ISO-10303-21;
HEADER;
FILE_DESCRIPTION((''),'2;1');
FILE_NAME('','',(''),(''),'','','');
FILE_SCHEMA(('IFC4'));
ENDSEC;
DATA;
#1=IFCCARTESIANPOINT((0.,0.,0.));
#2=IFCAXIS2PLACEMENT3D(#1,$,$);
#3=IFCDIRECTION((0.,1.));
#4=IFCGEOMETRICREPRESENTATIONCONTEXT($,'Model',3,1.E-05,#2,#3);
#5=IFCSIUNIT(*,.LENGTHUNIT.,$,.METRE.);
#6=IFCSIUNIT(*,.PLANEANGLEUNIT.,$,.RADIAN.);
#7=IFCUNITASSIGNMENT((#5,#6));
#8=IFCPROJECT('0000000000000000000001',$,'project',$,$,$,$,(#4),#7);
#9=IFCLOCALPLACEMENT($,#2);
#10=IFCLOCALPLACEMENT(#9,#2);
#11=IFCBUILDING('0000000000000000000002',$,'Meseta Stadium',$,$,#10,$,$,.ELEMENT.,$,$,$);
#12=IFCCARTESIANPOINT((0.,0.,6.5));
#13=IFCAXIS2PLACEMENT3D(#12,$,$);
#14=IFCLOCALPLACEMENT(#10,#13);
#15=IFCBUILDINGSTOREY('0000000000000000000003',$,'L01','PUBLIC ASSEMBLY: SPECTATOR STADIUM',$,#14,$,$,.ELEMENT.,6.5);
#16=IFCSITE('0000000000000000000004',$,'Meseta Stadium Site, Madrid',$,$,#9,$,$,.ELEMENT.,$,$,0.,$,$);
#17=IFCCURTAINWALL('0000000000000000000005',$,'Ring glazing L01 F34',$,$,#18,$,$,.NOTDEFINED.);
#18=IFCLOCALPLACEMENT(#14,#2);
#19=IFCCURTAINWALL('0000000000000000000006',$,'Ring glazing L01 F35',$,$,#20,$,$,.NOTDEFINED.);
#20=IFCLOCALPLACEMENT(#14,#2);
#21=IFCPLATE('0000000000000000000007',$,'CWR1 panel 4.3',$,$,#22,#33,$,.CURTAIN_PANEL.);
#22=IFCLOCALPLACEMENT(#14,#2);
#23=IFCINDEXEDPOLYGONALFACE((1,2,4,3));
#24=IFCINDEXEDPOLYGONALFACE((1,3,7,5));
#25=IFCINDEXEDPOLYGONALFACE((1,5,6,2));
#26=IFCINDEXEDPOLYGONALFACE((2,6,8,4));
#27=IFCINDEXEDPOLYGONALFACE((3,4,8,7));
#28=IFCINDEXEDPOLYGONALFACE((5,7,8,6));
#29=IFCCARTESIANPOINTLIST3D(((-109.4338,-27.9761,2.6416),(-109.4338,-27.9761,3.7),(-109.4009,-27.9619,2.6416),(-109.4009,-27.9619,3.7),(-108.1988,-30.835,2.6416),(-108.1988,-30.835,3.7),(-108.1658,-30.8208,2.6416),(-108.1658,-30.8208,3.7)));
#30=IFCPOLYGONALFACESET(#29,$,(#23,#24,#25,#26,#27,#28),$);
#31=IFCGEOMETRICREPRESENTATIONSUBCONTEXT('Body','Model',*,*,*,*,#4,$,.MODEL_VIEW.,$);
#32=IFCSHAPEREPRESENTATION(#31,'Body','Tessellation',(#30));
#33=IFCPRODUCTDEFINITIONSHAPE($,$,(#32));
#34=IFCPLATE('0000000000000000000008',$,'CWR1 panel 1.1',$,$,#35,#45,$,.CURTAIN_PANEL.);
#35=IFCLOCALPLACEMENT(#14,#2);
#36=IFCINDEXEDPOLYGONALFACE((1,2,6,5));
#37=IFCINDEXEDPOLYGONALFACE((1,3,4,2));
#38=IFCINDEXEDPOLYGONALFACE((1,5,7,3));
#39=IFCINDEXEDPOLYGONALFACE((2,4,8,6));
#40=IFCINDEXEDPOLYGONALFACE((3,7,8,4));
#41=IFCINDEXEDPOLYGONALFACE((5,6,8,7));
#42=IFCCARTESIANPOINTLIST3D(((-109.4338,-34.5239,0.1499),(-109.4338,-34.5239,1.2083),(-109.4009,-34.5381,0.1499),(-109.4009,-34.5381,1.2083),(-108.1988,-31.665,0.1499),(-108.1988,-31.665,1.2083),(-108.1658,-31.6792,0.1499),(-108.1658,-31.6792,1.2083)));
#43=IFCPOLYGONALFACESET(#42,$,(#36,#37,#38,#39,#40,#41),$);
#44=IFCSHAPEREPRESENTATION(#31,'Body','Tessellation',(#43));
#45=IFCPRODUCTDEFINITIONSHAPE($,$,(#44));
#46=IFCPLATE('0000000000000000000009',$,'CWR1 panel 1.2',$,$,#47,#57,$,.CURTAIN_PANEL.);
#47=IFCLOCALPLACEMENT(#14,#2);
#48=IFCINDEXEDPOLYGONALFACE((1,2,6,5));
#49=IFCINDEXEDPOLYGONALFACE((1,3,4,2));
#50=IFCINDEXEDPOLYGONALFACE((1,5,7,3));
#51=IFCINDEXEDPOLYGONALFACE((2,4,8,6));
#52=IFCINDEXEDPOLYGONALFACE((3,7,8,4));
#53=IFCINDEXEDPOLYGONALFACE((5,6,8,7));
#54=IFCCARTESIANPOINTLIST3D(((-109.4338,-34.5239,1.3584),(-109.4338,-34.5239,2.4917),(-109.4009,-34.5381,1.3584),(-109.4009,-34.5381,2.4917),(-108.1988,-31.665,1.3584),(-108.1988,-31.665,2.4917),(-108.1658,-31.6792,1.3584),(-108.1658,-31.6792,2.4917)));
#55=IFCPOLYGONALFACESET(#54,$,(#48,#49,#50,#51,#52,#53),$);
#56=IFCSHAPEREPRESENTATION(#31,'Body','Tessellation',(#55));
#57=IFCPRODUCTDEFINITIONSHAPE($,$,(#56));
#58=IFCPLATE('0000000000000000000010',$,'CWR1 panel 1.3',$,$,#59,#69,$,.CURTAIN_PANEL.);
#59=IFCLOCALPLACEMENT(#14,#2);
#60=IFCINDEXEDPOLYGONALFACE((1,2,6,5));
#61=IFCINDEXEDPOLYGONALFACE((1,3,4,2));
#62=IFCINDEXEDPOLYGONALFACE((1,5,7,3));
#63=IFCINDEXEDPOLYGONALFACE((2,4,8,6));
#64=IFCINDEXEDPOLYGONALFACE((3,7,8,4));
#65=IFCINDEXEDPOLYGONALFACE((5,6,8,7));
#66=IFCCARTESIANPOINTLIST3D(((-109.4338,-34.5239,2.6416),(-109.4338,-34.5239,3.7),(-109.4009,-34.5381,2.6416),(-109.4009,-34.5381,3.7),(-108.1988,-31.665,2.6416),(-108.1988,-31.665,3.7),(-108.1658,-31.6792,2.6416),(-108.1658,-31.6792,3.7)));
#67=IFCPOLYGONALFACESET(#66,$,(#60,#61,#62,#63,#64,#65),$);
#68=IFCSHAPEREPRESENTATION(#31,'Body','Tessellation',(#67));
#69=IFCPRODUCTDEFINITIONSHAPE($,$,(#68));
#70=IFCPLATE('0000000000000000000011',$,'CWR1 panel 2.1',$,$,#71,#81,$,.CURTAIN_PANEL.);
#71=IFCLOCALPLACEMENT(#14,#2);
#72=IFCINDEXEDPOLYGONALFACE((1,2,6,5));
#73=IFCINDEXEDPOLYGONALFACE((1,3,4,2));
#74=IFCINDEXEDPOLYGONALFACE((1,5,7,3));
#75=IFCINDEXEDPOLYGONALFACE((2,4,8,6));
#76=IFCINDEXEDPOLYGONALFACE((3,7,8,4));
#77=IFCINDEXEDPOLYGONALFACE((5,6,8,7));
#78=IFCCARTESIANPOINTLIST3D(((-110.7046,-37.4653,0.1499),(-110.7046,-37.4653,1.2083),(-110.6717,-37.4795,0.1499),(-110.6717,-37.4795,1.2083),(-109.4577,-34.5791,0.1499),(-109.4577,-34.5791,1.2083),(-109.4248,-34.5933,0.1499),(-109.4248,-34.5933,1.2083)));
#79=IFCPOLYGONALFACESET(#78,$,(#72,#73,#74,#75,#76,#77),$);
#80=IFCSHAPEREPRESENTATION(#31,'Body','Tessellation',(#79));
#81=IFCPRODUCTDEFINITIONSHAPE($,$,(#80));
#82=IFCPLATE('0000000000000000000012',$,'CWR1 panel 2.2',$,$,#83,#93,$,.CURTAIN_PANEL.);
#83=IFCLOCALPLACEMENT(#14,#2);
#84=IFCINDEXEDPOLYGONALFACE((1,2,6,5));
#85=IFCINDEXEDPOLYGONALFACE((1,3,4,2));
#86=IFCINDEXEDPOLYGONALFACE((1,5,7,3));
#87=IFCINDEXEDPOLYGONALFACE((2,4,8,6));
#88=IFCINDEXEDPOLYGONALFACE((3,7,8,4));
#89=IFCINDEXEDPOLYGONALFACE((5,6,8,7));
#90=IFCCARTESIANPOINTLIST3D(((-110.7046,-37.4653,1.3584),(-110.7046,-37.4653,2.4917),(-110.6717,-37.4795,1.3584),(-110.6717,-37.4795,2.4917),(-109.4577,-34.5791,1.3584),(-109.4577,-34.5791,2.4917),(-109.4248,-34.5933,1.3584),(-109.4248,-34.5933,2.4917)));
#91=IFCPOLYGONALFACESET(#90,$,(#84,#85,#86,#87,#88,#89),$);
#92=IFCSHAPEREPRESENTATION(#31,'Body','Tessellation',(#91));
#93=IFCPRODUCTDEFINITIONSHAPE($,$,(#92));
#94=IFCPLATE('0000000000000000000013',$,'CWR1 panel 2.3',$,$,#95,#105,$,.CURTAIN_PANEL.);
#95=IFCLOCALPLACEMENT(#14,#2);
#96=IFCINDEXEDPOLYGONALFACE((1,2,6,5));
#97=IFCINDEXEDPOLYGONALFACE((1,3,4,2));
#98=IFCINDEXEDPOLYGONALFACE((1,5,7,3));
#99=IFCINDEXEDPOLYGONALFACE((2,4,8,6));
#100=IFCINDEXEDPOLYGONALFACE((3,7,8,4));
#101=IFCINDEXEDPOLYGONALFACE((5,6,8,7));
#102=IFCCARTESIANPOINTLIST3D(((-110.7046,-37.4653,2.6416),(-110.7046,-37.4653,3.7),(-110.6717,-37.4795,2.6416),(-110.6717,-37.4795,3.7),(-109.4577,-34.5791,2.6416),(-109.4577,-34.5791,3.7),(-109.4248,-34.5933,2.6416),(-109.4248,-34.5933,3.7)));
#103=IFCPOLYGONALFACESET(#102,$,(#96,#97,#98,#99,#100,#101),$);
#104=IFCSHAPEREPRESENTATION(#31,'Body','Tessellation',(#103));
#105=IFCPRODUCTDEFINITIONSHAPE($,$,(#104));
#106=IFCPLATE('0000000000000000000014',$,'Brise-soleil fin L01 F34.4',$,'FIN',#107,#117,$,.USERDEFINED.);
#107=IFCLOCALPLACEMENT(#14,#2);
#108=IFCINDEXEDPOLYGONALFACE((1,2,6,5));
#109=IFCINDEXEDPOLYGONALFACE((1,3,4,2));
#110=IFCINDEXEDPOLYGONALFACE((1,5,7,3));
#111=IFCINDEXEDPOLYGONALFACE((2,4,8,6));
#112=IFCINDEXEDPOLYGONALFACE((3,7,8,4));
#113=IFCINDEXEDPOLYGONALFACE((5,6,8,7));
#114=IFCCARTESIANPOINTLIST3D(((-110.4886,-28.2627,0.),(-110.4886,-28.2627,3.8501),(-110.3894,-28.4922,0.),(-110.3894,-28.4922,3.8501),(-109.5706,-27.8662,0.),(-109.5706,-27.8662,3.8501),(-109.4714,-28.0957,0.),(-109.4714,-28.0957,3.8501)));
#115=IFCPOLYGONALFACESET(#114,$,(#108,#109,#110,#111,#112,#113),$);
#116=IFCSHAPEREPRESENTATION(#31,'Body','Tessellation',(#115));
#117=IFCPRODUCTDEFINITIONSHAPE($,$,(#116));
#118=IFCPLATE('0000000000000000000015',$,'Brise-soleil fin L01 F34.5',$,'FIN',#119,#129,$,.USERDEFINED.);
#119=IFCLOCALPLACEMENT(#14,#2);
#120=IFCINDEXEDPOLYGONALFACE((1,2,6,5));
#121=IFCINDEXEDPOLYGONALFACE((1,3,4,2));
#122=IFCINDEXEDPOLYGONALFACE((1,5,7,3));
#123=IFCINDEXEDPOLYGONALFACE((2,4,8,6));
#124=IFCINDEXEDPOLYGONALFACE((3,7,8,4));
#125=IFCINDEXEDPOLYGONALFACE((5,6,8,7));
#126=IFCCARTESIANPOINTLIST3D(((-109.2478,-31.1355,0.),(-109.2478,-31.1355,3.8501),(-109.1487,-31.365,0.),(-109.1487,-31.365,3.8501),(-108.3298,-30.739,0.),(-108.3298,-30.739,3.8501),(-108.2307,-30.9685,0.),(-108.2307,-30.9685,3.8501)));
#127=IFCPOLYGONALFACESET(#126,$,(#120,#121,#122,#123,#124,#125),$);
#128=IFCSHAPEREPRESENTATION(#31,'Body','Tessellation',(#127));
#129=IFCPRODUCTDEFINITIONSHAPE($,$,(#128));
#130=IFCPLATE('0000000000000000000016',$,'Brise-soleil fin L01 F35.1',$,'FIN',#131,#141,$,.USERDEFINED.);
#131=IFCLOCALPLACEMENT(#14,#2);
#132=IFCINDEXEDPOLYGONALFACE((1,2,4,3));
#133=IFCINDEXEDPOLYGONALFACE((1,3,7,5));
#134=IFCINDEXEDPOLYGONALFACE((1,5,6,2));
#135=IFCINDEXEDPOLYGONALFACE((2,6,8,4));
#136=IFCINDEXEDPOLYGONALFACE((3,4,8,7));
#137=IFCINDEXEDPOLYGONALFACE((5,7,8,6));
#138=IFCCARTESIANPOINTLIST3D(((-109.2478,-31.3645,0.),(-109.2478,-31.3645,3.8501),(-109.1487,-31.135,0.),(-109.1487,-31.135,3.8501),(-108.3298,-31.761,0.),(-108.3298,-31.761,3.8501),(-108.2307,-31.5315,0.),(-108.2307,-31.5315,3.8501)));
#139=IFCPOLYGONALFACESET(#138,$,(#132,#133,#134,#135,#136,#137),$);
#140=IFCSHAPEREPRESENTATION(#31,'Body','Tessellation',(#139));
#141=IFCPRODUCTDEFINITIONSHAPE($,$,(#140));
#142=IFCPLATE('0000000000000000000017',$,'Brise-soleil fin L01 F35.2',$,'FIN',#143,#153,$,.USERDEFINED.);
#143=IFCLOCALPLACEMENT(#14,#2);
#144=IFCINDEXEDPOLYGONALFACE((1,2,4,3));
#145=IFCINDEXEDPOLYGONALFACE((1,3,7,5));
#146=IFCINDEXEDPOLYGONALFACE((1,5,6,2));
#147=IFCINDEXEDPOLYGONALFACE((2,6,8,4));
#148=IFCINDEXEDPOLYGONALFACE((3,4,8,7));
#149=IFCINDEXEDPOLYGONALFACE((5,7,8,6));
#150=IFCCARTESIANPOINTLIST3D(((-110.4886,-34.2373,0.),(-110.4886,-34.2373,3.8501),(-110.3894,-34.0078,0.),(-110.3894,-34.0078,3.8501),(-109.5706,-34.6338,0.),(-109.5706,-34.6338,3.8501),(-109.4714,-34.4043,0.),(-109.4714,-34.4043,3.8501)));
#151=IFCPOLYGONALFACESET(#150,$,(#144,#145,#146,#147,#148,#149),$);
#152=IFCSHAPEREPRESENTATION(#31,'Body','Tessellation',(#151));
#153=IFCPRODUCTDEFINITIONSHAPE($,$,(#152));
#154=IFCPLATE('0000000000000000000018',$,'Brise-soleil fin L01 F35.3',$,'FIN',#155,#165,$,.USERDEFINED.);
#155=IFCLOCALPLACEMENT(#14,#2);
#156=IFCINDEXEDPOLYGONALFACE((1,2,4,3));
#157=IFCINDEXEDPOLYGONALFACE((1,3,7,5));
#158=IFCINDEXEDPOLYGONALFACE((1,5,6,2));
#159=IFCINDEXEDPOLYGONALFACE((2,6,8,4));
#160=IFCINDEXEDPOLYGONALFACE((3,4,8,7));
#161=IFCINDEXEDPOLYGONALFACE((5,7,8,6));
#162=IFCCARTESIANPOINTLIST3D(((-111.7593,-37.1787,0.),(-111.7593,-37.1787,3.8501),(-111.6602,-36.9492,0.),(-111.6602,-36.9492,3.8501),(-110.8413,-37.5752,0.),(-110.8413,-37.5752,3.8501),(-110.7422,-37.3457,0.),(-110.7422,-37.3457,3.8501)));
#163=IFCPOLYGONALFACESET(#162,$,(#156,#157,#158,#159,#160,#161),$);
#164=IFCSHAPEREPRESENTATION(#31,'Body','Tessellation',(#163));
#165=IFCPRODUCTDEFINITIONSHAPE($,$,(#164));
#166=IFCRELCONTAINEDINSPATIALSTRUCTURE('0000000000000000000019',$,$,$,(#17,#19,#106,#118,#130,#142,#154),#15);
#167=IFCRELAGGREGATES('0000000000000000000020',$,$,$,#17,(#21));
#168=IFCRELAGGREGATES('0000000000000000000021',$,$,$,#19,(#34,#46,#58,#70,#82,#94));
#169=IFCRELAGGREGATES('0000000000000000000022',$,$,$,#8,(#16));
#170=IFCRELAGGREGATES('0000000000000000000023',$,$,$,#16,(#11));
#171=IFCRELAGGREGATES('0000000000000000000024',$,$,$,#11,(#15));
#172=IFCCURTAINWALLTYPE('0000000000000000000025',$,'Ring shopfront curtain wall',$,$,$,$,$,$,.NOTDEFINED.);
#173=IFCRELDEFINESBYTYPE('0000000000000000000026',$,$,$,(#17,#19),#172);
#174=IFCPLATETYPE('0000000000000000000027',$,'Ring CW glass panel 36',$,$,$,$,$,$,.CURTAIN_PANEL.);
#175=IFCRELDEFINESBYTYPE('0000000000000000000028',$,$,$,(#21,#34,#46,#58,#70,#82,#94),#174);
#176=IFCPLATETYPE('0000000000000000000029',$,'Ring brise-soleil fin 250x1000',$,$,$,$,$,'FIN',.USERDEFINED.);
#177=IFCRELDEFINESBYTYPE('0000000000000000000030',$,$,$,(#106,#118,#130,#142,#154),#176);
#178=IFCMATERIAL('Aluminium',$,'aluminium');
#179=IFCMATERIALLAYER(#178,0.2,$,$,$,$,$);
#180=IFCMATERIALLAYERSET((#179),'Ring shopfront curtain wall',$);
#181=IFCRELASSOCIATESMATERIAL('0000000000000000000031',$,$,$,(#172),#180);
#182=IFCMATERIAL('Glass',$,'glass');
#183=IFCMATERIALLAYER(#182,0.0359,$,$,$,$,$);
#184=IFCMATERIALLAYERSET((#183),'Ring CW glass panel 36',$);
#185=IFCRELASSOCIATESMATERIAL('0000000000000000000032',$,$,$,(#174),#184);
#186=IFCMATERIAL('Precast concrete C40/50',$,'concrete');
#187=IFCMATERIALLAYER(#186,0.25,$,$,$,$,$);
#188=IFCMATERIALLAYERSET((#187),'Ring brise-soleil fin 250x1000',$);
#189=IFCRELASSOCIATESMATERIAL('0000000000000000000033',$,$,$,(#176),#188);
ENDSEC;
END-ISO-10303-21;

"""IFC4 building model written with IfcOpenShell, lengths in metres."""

from ifc_helpers import new_model, si_unit, direction, frame, origin, origin_2d, place, context, subcontext, project, spatial, rectangle, extrude, material, layer, layer_set, type_object, element, aggregate, save


model = new_model("IFC4")

# Units and contexts
model_context = context("Model", 3, precision=1e-05, world=origin(), true_north=direction((0.0, 1.0)))
body_context = subcontext(model_context, "Body", "Model", "MODEL_VIEW")
ifc_project = project(units=[si_unit("LENGTHUNIT", "METRE"), si_unit("PLANEANGLEUNIT", "RADIAN")], contexts=[model_context])

# Site, building, storey
site_placement = place(None, origin())
site = spatial("IfcSite", under=ifc_project, at=site_placement, Name="Meseta Stadium Site, Madrid", CompositionType="ELEMENT", RefElevation=0.0)
building_placement = place(site_placement, origin())
building = spatial("IfcBuilding", under=site, at=building_placement, Name="Meseta Stadium", CompositionType="ELEMENT")
storey_placement = place(building_placement, frame((0.0, 0.0, 6.5)))
storey = spatial("IfcBuildingStorey", under=building, at=storey_placement, Name="L01", Description="PUBLIC ASSEMBLY: SPECTATOR STADIUM", CompositionType="ELEMENT", Elevation=6.5)

# Curtain walls
ifc_material_1 = material(Name="Aluminium", Category="aluminium")
ifc_layer_1 = layer(ifc_material_1, 0.2)
ifc_layer_set_1 = layer_set([ifc_layer_1], Name="Ring shopfront curtain wall")
curtain_wall_type = type_object("IfcCurtainWallType", Name="Ring shopfront curtain wall", PredefinedType="NOTDEFINED", material=ifc_layer_set_1)
curtain_wall_1_placement = place(storey_placement, origin())
curtain_wall_1 = element("IfcCurtainWall", 1, at=curtain_wall_1_placement, inside=storey, type_object=curtain_wall_type, Name="Ring glazing L01 F34", PredefinedType="NOTDEFINED")
curtain_wall_2_placement = place(storey_placement, origin())
curtain_wall_2 = element("IfcCurtainWall", 2, at=curtain_wall_2_placement, inside=storey, type_object=curtain_wall_type, Name="Ring glazing L01 F35", PredefinedType="NOTDEFINED")

# Plates
ifc_material_2 = material(Name="Glass", Category="glass")
ifc_layer_2 = layer(ifc_material_2, 0.0359)
ifc_layer_set_2 = layer_set([ifc_layer_2], Name="Ring CW glass panel 36")
plate_type_1 = type_object("IfcPlateType", Name="Ring CW glass panel 36", PredefinedType="CURTAIN_PANEL", material=ifc_layer_set_2)
plate_1_placement = place(storey_placement, frame((-108.7998, -29.3984, 2.6416), z_axis=(0.0, 0.0, 1.0), x_axis=(0.396581, -0.918, 0.0)))
plate_1 = element("IfcPlate", 3, at=plate_1_placement, type_object=plate_type_1, Name="CWR1 panel 4.3", PredefinedType="CURTAIN_PANEL", context=body_context, shape_type="SweptSolid", body=[
    extrude(rectangle(XDim=3.1143, YDim=0.0359, at=origin_2d()), origin(), (0.0, 0.0, 1.0), 1.0583),
])
aggregate(curtain_wall_1, [plate_1])
plate_2_placement = place(storey_placement, frame((-108.7998, -33.1016, 0.1499), z_axis=(0.0, 0.0, 1.0), x_axis=(-0.396581, -0.918, 0.0)))
plate_2 = element("IfcPlate", 4, at=plate_2_placement, type_object=plate_type_1, Name="CWR1 panel 1.1", PredefinedType="CURTAIN_PANEL", context=body_context, shape_type="SweptSolid", body=[
    extrude(rectangle(XDim=3.1143, YDim=0.0359, at=origin_2d()), origin(), (0.0, 0.0, 1.0), 1.0583),
])
plate_3_placement = place(storey_placement, frame((-108.7998, -33.1016, 1.3584), z_axis=(0.0, 0.0, 1.0), x_axis=(-0.396581, -0.918, 0.0)))
plate_3 = element("IfcPlate", 5, at=plate_3_placement, type_object=plate_type_1, Name="CWR1 panel 1.2", PredefinedType="CURTAIN_PANEL", context=body_context, shape_type="SweptSolid", body=[
    extrude(rectangle(XDim=3.1143, YDim=0.0359, at=origin_2d()), origin(), (0.0, 0.0, 1.0), 1.1333),
])
plate_4_placement = place(storey_placement, frame((-108.7998, -33.1016, 2.6416), z_axis=(0.0, 0.0, 1.0), x_axis=(-0.396581, -0.918, 0.0)))
plate_4 = element("IfcPlate", 6, at=plate_4_placement, type_object=plate_type_1, Name="CWR1 panel 1.3", PredefinedType="CURTAIN_PANEL", context=body_context, shape_type="SweptSolid", body=[
    extrude(rectangle(XDim=3.1143, YDim=0.0359, at=origin_2d()), origin(), (0.0, 0.0, 1.0), 1.0583),
])
plate_5_placement = place(storey_placement, frame((-110.0647, -36.0293, 0.1499), z_axis=(0.0, 0.0, 1.0), x_axis=(-0.396581, -0.918, 0.0)))
plate_5 = element("IfcPlate", 7, at=plate_5_placement, type_object=plate_type_1, Name="CWR1 panel 2.1", PredefinedType="CURTAIN_PANEL", context=body_context, shape_type="SweptSolid", body=[
    extrude(rectangle(XDim=3.144, YDim=0.0359, at=origin_2d()), origin(), (0.0, 0.0, 1.0), 1.0583),
])
plate_6_placement = place(storey_placement, frame((-110.0647, -36.0293, 1.3584), z_axis=(0.0, 0.0, 1.0), x_axis=(-0.396581, -0.918, 0.0)))
plate_6 = element("IfcPlate", 8, at=plate_6_placement, type_object=plate_type_1, Name="CWR1 panel 2.2", PredefinedType="CURTAIN_PANEL", context=body_context, shape_type="SweptSolid", body=[
    extrude(rectangle(XDim=3.144, YDim=0.0359, at=origin_2d()), origin(), (0.0, 0.0, 1.0), 1.1333),
])
plate_7_placement = place(storey_placement, frame((-110.0647, -36.0293, 2.6416), z_axis=(0.0, 0.0, 1.0), x_axis=(-0.396581, -0.918, 0.0)))
plate_7 = element("IfcPlate", 9, at=plate_7_placement, type_object=plate_type_1, Name="CWR1 panel 2.3", PredefinedType="CURTAIN_PANEL", context=body_context, shape_type="SweptSolid", body=[
    extrude(rectangle(XDim=3.144, YDim=0.0359, at=origin_2d()), origin(), (0.0, 0.0, 1.0), 1.0583),
])
aggregate(curtain_wall_2, [plate_2, plate_3, plate_4, plate_5, plate_6, plate_7])

# Plates
ifc_material_3 = material(Name="Precast concrete C40/50", Category="concrete")
ifc_layer_3 = layer(ifc_material_3, 0.25)
ifc_layer_set_3 = layer_set([ifc_layer_3], Name="Ring brise-soleil fin 250x1000")
plate_type_2 = type_object("IfcPlateType", Name="Ring brise-soleil fin 250x1000", ElementType="FIN", PredefinedType="USERDEFINED", material=ifc_layer_set_3)
for number, where, z_axis, x_axis, name in (
    (10, (-109.98, -28.1792, 0.0), (0.0, 0.0, 1.0), (0.396576, -0.918002, 0.0), "Brise-soleil fin L01 F34.4"),
    (11, (-108.7393, -31.052, 0.0), (0.0, 0.0, 1.0), (0.396576, -0.918002, 0.0), "Brise-soleil fin L01 F34.5"),
    (12, (-108.7393, -31.448, 0.0), (0.0, 0.0, 1.0), (-0.396576, -0.918002, 0.0), "Brise-soleil fin L01 F35.1"),
    (13, (-109.98, -34.3208, 0.0), (0.0, 0.0, 1.0), (-0.396576, -0.918002, 0.0), "Brise-soleil fin L01 F35.2"),
    (14, (-111.2507, -37.2622, 0.0), (0.0, 0.0, 1.0), (-0.396576, -0.918002, 0.0), "Brise-soleil fin L01 F35.3"),
):
    element("IfcPlate", number, at=place(storey_placement, frame(where, z_axis=z_axis, x_axis=x_axis)), inside=storey, type_object=plate_type_2, Name=name, ObjectType="FIN", PredefinedType="USERDEFINED", context=body_context, shape_type="SweptSolid", body=[
        extrude(rectangle(XDim=0.25, YDim=1.0, at=origin_2d()), origin(), (0.0, 0.0, 1.0), 3.8501),
    ])

save(model, "model.ifc")
